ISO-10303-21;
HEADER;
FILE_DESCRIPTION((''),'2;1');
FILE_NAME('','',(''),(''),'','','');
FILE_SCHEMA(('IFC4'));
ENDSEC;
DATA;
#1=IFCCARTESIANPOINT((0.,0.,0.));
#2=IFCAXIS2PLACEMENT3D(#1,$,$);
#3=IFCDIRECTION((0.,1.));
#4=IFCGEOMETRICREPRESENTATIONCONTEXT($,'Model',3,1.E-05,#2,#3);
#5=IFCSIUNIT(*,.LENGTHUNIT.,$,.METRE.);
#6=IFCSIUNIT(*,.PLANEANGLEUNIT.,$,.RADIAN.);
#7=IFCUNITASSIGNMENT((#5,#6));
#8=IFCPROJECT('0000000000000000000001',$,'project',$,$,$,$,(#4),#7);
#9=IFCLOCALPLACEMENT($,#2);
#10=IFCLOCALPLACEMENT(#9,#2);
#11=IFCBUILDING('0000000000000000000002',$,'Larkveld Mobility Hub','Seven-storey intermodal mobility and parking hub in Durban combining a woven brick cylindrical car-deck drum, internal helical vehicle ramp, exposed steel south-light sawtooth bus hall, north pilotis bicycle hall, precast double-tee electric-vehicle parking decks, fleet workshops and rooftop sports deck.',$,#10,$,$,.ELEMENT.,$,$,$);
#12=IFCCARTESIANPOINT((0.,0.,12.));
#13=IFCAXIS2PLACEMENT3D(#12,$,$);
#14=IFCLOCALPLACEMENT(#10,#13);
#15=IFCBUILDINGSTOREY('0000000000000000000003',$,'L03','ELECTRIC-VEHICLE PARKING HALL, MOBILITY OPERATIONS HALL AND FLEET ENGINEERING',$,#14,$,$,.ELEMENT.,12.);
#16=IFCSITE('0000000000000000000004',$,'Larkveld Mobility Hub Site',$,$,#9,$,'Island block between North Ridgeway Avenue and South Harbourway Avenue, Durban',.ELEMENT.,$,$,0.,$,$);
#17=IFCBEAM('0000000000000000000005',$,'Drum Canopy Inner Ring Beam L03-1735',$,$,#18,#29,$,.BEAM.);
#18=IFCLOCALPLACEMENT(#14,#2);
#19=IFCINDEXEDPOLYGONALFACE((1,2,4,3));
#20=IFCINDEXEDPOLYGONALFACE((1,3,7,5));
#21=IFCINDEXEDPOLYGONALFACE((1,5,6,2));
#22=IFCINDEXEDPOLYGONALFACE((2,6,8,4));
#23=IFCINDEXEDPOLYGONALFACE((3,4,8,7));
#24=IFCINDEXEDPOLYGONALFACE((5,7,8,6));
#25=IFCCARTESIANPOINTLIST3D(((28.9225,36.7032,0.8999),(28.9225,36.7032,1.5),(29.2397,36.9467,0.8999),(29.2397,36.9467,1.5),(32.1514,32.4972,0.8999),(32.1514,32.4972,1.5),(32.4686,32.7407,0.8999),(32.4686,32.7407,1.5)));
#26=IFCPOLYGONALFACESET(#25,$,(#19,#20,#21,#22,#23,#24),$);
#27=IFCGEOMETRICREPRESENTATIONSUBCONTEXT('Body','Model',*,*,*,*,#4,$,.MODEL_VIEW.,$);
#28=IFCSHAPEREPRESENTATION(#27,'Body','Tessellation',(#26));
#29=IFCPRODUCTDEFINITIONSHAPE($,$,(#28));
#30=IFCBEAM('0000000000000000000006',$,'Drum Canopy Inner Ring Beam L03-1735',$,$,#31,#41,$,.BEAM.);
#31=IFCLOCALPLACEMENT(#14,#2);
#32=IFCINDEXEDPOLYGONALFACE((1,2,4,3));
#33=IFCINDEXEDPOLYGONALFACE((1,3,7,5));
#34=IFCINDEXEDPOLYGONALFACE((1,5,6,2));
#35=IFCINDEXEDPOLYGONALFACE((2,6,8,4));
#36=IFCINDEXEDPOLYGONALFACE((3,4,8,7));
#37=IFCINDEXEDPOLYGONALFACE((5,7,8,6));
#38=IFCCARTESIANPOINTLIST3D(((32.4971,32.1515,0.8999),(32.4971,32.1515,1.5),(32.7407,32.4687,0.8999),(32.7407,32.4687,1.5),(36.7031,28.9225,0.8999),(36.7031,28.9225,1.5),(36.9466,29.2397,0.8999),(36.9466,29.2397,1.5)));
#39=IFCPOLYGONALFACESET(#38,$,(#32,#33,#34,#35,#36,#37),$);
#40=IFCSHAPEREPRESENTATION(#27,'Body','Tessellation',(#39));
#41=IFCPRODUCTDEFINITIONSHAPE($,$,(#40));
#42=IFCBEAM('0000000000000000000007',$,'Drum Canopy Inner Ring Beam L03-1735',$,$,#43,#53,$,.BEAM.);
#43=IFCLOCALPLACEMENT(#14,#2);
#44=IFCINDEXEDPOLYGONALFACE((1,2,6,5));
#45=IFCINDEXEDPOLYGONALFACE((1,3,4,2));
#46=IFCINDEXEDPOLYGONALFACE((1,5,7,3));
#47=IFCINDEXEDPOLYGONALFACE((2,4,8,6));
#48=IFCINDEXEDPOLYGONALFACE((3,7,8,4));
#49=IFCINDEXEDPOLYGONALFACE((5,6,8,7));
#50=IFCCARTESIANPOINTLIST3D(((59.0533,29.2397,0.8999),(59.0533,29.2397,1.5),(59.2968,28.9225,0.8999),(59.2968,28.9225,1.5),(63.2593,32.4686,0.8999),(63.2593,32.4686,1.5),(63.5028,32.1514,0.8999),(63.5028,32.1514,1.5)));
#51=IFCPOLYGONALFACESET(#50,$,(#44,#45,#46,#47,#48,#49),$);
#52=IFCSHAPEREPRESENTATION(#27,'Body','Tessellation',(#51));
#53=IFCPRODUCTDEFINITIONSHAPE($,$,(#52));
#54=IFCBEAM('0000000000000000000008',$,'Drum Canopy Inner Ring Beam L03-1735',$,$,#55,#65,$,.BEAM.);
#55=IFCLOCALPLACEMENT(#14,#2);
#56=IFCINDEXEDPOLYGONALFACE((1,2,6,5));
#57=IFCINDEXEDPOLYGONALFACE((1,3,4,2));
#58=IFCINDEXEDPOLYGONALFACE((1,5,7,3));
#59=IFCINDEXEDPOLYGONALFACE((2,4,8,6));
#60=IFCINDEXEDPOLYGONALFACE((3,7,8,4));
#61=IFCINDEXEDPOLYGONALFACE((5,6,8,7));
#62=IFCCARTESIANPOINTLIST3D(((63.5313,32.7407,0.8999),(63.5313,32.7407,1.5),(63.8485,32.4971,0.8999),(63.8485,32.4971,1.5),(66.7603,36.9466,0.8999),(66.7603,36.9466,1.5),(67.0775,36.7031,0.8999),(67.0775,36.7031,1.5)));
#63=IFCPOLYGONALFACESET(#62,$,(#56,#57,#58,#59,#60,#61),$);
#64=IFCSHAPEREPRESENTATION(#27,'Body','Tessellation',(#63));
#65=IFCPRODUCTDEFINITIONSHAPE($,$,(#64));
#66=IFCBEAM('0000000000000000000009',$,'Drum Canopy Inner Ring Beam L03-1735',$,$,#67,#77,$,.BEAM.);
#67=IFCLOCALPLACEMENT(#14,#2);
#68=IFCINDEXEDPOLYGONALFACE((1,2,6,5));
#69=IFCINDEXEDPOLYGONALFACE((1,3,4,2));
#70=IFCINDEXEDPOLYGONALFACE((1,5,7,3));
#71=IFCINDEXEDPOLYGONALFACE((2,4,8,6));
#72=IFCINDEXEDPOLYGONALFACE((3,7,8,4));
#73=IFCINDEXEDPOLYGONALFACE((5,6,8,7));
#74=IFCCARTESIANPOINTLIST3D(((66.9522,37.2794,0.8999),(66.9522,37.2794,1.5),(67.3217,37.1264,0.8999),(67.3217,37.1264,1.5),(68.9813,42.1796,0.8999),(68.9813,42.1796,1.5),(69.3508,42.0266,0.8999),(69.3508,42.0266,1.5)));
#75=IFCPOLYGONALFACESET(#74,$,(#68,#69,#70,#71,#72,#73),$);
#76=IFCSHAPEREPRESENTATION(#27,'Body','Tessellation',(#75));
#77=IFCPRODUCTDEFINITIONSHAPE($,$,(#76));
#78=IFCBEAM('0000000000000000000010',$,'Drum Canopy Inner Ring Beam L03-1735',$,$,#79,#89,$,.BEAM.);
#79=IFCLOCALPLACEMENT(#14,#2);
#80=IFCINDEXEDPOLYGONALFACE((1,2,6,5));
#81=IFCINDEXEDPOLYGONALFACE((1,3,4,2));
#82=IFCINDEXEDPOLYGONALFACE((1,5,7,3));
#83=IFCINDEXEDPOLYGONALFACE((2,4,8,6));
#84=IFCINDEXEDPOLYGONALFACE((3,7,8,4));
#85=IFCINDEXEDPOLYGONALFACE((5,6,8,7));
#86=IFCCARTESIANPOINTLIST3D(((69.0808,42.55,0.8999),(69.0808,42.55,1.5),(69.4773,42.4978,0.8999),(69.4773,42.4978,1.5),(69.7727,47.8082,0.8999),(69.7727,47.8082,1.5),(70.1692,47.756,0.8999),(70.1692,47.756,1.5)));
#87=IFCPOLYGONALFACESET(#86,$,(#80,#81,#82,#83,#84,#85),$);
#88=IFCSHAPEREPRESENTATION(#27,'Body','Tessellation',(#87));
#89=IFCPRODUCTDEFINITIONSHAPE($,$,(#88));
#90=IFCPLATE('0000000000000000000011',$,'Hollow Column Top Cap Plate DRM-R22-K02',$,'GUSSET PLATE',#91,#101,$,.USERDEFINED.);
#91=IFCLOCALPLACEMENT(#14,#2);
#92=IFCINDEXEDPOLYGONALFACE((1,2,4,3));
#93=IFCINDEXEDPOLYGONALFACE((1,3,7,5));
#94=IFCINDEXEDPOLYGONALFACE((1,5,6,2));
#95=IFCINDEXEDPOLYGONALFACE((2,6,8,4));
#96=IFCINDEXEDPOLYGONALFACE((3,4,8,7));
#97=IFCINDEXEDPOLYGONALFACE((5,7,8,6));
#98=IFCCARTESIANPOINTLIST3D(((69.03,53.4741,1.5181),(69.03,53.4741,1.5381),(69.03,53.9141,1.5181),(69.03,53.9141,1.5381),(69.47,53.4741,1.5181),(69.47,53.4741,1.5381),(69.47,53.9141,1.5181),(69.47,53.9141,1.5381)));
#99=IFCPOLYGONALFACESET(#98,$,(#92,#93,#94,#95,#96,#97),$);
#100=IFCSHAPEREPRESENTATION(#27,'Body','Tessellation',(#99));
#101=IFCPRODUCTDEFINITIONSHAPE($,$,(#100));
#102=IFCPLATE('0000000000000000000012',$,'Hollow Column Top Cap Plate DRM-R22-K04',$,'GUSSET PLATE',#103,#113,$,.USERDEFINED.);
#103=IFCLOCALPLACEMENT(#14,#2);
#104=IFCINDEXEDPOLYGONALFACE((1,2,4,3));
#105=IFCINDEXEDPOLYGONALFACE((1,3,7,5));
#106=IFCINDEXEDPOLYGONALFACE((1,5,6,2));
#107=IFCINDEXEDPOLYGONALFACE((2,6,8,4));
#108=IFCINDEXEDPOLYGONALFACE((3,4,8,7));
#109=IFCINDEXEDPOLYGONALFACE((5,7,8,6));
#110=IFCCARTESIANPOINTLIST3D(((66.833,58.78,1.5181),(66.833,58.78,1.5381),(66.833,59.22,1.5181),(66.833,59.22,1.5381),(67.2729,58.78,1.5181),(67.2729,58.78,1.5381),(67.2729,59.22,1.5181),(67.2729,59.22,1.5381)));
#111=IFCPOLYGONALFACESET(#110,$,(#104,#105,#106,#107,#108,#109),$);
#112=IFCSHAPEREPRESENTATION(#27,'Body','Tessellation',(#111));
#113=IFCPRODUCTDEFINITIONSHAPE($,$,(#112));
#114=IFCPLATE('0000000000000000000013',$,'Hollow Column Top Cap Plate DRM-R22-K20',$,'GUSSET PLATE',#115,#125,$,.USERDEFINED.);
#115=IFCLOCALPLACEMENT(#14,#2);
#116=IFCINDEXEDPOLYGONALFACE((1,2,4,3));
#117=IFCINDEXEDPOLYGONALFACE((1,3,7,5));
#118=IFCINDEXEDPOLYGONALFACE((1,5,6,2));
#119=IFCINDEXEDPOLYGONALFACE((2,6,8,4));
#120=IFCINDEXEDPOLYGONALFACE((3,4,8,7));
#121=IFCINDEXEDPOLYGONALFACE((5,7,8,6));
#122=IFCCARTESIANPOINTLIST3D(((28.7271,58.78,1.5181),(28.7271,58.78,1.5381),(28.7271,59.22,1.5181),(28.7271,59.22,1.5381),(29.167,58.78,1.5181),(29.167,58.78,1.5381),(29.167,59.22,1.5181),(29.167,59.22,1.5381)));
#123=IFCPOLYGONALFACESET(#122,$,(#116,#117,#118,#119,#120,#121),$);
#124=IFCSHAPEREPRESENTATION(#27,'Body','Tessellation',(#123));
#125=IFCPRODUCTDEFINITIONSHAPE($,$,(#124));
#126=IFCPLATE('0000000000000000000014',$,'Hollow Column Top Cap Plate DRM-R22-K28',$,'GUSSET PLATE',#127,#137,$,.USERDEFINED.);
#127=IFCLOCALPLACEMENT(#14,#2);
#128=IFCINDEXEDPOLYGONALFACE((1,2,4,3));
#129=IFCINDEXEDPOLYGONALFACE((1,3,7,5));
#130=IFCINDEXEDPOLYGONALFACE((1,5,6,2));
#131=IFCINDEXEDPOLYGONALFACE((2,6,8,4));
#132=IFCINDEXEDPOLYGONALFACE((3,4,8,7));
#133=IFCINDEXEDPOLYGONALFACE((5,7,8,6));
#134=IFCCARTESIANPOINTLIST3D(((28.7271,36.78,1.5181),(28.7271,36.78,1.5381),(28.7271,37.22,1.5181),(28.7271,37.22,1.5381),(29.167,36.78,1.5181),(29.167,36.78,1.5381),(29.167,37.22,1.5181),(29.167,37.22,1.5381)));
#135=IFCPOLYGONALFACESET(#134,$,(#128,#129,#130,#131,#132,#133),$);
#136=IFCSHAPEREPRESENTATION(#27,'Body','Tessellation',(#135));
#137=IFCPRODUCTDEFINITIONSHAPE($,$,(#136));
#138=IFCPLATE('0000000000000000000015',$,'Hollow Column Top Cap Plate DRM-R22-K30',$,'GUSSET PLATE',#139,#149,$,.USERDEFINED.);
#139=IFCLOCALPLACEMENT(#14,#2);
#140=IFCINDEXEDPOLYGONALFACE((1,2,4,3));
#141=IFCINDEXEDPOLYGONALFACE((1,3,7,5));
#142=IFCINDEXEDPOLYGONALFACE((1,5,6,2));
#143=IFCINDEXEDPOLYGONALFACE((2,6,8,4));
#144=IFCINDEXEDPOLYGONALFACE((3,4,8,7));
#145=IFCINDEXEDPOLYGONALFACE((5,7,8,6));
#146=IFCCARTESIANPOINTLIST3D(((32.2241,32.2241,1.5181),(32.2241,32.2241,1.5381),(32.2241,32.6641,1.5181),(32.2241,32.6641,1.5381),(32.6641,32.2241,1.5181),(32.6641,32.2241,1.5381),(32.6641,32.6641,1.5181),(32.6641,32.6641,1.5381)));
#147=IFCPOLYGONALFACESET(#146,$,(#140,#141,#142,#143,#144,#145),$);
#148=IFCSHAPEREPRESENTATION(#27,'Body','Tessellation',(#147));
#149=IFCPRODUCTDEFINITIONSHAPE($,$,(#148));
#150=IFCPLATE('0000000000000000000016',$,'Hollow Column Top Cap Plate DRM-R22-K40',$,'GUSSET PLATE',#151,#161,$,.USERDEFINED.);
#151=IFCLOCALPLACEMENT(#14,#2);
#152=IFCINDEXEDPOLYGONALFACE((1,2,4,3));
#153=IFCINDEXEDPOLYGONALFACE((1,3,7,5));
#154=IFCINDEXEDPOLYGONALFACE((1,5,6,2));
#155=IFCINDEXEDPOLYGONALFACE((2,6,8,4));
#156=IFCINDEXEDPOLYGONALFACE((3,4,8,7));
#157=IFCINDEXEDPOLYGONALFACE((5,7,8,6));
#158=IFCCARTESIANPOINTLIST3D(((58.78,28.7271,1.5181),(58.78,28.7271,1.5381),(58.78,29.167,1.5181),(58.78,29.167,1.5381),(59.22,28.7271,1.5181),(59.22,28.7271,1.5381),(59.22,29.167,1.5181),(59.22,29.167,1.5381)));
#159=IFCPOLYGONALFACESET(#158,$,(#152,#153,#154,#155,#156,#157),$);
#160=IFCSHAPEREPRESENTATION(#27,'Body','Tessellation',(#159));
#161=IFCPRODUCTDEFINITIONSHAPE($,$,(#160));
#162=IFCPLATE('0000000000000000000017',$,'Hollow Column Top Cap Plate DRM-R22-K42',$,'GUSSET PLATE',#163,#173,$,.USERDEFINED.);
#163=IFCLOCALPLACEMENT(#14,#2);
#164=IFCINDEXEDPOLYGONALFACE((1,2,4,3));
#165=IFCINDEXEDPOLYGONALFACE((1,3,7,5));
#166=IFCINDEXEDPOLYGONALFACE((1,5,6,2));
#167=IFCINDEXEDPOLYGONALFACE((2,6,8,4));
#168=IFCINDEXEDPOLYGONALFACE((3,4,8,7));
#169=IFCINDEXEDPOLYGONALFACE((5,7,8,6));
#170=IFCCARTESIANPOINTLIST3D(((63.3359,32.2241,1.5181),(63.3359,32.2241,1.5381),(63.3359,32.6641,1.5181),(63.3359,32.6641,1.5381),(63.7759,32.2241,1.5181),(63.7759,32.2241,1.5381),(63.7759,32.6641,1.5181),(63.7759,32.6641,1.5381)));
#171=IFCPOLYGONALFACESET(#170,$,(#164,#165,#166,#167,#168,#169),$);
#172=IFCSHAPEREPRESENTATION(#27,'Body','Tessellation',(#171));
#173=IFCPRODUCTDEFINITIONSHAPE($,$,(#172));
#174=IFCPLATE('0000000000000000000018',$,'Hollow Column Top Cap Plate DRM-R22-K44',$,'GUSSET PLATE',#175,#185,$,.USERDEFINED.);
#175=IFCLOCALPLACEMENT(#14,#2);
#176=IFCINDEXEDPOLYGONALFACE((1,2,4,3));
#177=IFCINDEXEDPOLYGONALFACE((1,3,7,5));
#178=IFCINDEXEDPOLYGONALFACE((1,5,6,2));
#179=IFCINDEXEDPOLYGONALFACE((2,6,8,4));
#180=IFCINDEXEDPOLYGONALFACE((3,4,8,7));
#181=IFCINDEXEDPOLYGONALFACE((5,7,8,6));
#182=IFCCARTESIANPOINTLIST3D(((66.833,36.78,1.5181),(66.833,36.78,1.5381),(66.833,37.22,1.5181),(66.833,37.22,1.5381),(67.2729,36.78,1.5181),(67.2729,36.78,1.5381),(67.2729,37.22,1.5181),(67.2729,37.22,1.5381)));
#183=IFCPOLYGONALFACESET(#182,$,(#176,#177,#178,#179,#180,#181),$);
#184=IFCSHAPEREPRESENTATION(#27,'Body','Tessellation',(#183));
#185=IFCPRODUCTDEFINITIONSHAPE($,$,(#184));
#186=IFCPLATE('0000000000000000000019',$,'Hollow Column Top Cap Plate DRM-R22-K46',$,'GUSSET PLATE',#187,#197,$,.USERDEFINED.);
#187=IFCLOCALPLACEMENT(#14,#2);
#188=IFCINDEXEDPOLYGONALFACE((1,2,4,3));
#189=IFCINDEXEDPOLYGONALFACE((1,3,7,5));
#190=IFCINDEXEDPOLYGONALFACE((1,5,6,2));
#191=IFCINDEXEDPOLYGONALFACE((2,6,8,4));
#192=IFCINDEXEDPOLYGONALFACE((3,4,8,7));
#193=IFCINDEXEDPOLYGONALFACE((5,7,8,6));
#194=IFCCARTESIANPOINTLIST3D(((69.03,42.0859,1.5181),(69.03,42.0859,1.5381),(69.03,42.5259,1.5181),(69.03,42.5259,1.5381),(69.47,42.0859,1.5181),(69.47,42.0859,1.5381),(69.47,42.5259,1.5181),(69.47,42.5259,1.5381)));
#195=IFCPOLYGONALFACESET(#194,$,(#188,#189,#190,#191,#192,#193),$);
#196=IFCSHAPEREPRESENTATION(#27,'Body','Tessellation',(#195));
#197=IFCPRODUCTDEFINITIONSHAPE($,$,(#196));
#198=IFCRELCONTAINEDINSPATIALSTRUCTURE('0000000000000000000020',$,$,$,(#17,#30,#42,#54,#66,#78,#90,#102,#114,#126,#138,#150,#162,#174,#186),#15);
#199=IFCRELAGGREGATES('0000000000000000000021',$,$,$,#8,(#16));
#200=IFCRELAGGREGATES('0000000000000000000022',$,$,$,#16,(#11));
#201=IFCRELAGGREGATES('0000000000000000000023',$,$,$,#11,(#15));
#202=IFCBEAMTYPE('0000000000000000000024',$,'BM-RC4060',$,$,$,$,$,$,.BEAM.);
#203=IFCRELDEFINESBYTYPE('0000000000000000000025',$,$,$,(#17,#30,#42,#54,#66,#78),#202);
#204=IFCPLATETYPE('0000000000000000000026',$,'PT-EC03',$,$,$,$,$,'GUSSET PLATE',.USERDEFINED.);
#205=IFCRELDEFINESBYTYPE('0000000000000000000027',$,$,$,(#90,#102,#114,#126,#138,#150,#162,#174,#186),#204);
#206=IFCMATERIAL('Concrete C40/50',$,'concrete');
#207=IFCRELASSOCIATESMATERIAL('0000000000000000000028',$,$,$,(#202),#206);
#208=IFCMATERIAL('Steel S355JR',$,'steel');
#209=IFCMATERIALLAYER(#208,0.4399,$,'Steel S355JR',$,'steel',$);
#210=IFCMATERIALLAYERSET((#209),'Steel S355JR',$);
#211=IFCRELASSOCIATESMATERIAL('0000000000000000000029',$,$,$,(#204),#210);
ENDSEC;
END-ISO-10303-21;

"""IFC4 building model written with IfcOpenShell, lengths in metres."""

from ifc_helpers import new_model, si_unit, direction, frame, origin, origin_2d, place, context, subcontext, project, spatial, rectangle, extrude, material, layer, layer_set, material_profile, profile_set, type_object, element, save


model = new_model("IFC4")

# Units and contexts
model_context = context("Model", 3, precision=1e-05, world=origin(), true_north=direction((0.0, 1.0)))
body_context = subcontext(model_context, "Body", "Model", "MODEL_VIEW")
ifc_project = project(units=[si_unit("LENGTHUNIT", "METRE"), si_unit("PLANEANGLEUNIT", "RADIAN")], contexts=[model_context])

# Site, building, storey
site_placement = place(None, origin())
site = spatial("IfcSite", under=ifc_project, at=site_placement, Name="Larkveld Mobility Hub Site", LongName="Island block between North Ridgeway Avenue and South Harbourway Avenue, Durban", CompositionType="ELEMENT", RefElevation=0.0)
building_placement = place(site_placement, origin())
building = spatial("IfcBuilding", under=site, at=building_placement, Name="Larkveld Mobility Hub", Description="Seven-storey intermodal mobility and parking hub in Durban combining a woven brick cylindrical car-deck drum, internal helical vehicle ramp, exposed steel south-light sawtooth bus hall, north pilotis bicycle hall, precast double-tee electric-vehicle parking decks, fleet workshops and rooftop sports deck.", CompositionType="ELEMENT")
storey_placement = place(building_placement, frame((0.0, 0.0, 12.0)))
storey = spatial("IfcBuildingStorey", under=building, at=storey_placement, Name="L03", Description="ELECTRIC-VEHICLE PARKING HALL, MOBILITY OPERATIONS HALL AND FLEET ENGINEERING", CompositionType="ELEMENT", Elevation=12.0)

# Shared definitions
ifc_material_1 = material(Name="Steel S355JR", Category="steel")

# Beams
ifc_material_2 = material(Name="Concrete C40/50", Category="concrete")
ifc_material_profile_1 = material_profile(ifc_material_2, rectangle(XDim=0.3999, YDim=0.6001, at=origin_2d()), Name="RC BM 400x600")
ifc_profile_set_1 = profile_set([ifc_material_profile_1], Name="Concrete C40/50")
beam_type = type_object("IfcBeamType", Name="BM-RC4060", PredefinedType="BEAM", material=ifc_profile_set_1)
for number, where, z_axis, x_axis, name in (
    (1, (29.0811, 36.825, 1.2), (0.60895, -0.793209, 0.0), (0.793209, 0.60895, 0.0), "Drum Canopy Inner Ring Beam L03-1735"),
    (2, (32.6189, 32.3101, 1.2), (0.793209, -0.60895, 0.0), (0.60895, 0.793209, 0.0), "Drum Canopy Inner Ring Beam L03-1735"),
    (3, (59.175, 29.0811, 1.2), (0.793209, 0.60895, 0.0), (-0.60895, 0.793209, 0.0), "Drum Canopy Inner Ring Beam L03-1735"),
    (4, (63.6899, 32.6189, 1.2), (0.60895, 0.793209, 0.0), (-0.793209, 0.60895, 0.0), "Drum Canopy Inner Ring Beam L03-1735"),
):
    element("IfcBeam", number, at=place(storey_placement, frame(where, z_axis=z_axis, x_axis=x_axis)), inside=storey, type_object=beam_type, Name=name, PredefinedType="BEAM", context=body_context, shape_type="SweptSolid", body=[
        extrude(rectangle(XDim=0.3999, YDim=0.6001, at=origin_2d()), origin(), (0.0, 0.0, 1.0), 5.3025),
    ])
beam_1_placement = place(storey_placement, frame((67.137, 37.2029, 1.2), z_axis=(0.382578, 0.923923, 0.0), x_axis=(-0.923923, 0.382578, 0.0)))
element("IfcBeam", 5, at=beam_1_placement, inside=storey, type_object=beam_type, Name="Drum Canopy Inner Ring Beam L03-1735", PredefinedType="BEAM", context=body_context, shape_type="SweptSolid", body=[
    extrude(rectangle(XDim=0.3999, YDim=0.6001, at=origin_2d()), origin(), (0.0, 0.0, 1.0), 5.3037),
])
beam_2_placement = place(storey_placement, frame((69.2791, 42.5239, 1.2), z_axis=(0.130463, 0.991453, 0.0), x_axis=(-0.991453, 0.130463, 0.0)))
element("IfcBeam", 6, at=beam_2_placement, inside=storey, type_object=beam_type, Name="Drum Canopy Inner Ring Beam L03-1735", PredefinedType="BEAM", context=body_context, shape_type="SweptSolid", body=[
    extrude(rectangle(XDim=0.3999, YDim=0.6001, at=origin_2d()), origin(), (0.0, 0.0, 1.0), 5.3035),
])

# Plates
ifc_layer = layer(ifc_material_1, 0.4399, Name="Steel S355JR", Category="steel")
ifc_layer_set = layer_set([ifc_layer], Name="Steel S355JR")
plate_type = type_object("IfcPlateType", Name="PT-EC03", ElementType="GUSSET PLATE", PredefinedType="USERDEFINED", material=ifc_layer_set)
for number, where, z_axis, x_axis, name in (
    (7, (69.25, 53.6941, 1.5181), (0.0, 0.0, 1.0), (1.0, 0.0, 0.0), "Hollow Column Top Cap Plate DRM-R22-K02"),
    (8, (67.053, 59.0, 1.5181), (0.0, 0.0, 1.0), (1.0, 0.0, 0.0), "Hollow Column Top Cap Plate DRM-R22-K04"),
    (9, (28.947, 59.0, 1.5181), (0.0, 0.0, 1.0), (1.0, 0.0, 0.0), "Hollow Column Top Cap Plate DRM-R22-K20"),
    (10, (28.947, 37.0, 1.5181), (0.0, 0.0, 1.0), (1.0, 0.0, 0.0), "Hollow Column Top Cap Plate DRM-R22-K28"),
    (11, (32.4441, 32.4441, 1.5181), (0.0, 0.0, 1.0), (1.0, 0.0, 0.0), "Hollow Column Top Cap Plate DRM-R22-K30"),
    (12, (59.0, 28.947, 1.5181), (0.0, 0.0, 1.0), (1.0, 0.0, 0.0), "Hollow Column Top Cap Plate DRM-R22-K40"),
    (13, (63.5559, 32.4441, 1.5181), (0.0, 0.0, 1.0), (1.0, 0.0, 0.0), "Hollow Column Top Cap Plate DRM-R22-K42"),
    (14, (67.053, 37.0, 1.5181), (0.0, 0.0, 1.0), (1.0, 0.0, 0.0), "Hollow Column Top Cap Plate DRM-R22-K44"),
    (15, (69.25, 42.3059, 1.5181), (0.0, 0.0, 1.0), (1.0, 0.0, 0.0), "Hollow Column Top Cap Plate DRM-R22-K46"),
):
    element("IfcPlate", number, at=place(storey_placement, frame(where, z_axis=z_axis, x_axis=x_axis)), inside=storey, type_object=plate_type, Name=name, ObjectType="GUSSET PLATE", PredefinedType="USERDEFINED", context=body_context, shape_type="SweptSolid", body=[
        extrude(rectangle(XDim=0.4399, YDim=0.4399, at=origin_2d()), origin(), (0.0, 0.0, 1.0), 0.02),
    ])

save(model, "model.ifc")
